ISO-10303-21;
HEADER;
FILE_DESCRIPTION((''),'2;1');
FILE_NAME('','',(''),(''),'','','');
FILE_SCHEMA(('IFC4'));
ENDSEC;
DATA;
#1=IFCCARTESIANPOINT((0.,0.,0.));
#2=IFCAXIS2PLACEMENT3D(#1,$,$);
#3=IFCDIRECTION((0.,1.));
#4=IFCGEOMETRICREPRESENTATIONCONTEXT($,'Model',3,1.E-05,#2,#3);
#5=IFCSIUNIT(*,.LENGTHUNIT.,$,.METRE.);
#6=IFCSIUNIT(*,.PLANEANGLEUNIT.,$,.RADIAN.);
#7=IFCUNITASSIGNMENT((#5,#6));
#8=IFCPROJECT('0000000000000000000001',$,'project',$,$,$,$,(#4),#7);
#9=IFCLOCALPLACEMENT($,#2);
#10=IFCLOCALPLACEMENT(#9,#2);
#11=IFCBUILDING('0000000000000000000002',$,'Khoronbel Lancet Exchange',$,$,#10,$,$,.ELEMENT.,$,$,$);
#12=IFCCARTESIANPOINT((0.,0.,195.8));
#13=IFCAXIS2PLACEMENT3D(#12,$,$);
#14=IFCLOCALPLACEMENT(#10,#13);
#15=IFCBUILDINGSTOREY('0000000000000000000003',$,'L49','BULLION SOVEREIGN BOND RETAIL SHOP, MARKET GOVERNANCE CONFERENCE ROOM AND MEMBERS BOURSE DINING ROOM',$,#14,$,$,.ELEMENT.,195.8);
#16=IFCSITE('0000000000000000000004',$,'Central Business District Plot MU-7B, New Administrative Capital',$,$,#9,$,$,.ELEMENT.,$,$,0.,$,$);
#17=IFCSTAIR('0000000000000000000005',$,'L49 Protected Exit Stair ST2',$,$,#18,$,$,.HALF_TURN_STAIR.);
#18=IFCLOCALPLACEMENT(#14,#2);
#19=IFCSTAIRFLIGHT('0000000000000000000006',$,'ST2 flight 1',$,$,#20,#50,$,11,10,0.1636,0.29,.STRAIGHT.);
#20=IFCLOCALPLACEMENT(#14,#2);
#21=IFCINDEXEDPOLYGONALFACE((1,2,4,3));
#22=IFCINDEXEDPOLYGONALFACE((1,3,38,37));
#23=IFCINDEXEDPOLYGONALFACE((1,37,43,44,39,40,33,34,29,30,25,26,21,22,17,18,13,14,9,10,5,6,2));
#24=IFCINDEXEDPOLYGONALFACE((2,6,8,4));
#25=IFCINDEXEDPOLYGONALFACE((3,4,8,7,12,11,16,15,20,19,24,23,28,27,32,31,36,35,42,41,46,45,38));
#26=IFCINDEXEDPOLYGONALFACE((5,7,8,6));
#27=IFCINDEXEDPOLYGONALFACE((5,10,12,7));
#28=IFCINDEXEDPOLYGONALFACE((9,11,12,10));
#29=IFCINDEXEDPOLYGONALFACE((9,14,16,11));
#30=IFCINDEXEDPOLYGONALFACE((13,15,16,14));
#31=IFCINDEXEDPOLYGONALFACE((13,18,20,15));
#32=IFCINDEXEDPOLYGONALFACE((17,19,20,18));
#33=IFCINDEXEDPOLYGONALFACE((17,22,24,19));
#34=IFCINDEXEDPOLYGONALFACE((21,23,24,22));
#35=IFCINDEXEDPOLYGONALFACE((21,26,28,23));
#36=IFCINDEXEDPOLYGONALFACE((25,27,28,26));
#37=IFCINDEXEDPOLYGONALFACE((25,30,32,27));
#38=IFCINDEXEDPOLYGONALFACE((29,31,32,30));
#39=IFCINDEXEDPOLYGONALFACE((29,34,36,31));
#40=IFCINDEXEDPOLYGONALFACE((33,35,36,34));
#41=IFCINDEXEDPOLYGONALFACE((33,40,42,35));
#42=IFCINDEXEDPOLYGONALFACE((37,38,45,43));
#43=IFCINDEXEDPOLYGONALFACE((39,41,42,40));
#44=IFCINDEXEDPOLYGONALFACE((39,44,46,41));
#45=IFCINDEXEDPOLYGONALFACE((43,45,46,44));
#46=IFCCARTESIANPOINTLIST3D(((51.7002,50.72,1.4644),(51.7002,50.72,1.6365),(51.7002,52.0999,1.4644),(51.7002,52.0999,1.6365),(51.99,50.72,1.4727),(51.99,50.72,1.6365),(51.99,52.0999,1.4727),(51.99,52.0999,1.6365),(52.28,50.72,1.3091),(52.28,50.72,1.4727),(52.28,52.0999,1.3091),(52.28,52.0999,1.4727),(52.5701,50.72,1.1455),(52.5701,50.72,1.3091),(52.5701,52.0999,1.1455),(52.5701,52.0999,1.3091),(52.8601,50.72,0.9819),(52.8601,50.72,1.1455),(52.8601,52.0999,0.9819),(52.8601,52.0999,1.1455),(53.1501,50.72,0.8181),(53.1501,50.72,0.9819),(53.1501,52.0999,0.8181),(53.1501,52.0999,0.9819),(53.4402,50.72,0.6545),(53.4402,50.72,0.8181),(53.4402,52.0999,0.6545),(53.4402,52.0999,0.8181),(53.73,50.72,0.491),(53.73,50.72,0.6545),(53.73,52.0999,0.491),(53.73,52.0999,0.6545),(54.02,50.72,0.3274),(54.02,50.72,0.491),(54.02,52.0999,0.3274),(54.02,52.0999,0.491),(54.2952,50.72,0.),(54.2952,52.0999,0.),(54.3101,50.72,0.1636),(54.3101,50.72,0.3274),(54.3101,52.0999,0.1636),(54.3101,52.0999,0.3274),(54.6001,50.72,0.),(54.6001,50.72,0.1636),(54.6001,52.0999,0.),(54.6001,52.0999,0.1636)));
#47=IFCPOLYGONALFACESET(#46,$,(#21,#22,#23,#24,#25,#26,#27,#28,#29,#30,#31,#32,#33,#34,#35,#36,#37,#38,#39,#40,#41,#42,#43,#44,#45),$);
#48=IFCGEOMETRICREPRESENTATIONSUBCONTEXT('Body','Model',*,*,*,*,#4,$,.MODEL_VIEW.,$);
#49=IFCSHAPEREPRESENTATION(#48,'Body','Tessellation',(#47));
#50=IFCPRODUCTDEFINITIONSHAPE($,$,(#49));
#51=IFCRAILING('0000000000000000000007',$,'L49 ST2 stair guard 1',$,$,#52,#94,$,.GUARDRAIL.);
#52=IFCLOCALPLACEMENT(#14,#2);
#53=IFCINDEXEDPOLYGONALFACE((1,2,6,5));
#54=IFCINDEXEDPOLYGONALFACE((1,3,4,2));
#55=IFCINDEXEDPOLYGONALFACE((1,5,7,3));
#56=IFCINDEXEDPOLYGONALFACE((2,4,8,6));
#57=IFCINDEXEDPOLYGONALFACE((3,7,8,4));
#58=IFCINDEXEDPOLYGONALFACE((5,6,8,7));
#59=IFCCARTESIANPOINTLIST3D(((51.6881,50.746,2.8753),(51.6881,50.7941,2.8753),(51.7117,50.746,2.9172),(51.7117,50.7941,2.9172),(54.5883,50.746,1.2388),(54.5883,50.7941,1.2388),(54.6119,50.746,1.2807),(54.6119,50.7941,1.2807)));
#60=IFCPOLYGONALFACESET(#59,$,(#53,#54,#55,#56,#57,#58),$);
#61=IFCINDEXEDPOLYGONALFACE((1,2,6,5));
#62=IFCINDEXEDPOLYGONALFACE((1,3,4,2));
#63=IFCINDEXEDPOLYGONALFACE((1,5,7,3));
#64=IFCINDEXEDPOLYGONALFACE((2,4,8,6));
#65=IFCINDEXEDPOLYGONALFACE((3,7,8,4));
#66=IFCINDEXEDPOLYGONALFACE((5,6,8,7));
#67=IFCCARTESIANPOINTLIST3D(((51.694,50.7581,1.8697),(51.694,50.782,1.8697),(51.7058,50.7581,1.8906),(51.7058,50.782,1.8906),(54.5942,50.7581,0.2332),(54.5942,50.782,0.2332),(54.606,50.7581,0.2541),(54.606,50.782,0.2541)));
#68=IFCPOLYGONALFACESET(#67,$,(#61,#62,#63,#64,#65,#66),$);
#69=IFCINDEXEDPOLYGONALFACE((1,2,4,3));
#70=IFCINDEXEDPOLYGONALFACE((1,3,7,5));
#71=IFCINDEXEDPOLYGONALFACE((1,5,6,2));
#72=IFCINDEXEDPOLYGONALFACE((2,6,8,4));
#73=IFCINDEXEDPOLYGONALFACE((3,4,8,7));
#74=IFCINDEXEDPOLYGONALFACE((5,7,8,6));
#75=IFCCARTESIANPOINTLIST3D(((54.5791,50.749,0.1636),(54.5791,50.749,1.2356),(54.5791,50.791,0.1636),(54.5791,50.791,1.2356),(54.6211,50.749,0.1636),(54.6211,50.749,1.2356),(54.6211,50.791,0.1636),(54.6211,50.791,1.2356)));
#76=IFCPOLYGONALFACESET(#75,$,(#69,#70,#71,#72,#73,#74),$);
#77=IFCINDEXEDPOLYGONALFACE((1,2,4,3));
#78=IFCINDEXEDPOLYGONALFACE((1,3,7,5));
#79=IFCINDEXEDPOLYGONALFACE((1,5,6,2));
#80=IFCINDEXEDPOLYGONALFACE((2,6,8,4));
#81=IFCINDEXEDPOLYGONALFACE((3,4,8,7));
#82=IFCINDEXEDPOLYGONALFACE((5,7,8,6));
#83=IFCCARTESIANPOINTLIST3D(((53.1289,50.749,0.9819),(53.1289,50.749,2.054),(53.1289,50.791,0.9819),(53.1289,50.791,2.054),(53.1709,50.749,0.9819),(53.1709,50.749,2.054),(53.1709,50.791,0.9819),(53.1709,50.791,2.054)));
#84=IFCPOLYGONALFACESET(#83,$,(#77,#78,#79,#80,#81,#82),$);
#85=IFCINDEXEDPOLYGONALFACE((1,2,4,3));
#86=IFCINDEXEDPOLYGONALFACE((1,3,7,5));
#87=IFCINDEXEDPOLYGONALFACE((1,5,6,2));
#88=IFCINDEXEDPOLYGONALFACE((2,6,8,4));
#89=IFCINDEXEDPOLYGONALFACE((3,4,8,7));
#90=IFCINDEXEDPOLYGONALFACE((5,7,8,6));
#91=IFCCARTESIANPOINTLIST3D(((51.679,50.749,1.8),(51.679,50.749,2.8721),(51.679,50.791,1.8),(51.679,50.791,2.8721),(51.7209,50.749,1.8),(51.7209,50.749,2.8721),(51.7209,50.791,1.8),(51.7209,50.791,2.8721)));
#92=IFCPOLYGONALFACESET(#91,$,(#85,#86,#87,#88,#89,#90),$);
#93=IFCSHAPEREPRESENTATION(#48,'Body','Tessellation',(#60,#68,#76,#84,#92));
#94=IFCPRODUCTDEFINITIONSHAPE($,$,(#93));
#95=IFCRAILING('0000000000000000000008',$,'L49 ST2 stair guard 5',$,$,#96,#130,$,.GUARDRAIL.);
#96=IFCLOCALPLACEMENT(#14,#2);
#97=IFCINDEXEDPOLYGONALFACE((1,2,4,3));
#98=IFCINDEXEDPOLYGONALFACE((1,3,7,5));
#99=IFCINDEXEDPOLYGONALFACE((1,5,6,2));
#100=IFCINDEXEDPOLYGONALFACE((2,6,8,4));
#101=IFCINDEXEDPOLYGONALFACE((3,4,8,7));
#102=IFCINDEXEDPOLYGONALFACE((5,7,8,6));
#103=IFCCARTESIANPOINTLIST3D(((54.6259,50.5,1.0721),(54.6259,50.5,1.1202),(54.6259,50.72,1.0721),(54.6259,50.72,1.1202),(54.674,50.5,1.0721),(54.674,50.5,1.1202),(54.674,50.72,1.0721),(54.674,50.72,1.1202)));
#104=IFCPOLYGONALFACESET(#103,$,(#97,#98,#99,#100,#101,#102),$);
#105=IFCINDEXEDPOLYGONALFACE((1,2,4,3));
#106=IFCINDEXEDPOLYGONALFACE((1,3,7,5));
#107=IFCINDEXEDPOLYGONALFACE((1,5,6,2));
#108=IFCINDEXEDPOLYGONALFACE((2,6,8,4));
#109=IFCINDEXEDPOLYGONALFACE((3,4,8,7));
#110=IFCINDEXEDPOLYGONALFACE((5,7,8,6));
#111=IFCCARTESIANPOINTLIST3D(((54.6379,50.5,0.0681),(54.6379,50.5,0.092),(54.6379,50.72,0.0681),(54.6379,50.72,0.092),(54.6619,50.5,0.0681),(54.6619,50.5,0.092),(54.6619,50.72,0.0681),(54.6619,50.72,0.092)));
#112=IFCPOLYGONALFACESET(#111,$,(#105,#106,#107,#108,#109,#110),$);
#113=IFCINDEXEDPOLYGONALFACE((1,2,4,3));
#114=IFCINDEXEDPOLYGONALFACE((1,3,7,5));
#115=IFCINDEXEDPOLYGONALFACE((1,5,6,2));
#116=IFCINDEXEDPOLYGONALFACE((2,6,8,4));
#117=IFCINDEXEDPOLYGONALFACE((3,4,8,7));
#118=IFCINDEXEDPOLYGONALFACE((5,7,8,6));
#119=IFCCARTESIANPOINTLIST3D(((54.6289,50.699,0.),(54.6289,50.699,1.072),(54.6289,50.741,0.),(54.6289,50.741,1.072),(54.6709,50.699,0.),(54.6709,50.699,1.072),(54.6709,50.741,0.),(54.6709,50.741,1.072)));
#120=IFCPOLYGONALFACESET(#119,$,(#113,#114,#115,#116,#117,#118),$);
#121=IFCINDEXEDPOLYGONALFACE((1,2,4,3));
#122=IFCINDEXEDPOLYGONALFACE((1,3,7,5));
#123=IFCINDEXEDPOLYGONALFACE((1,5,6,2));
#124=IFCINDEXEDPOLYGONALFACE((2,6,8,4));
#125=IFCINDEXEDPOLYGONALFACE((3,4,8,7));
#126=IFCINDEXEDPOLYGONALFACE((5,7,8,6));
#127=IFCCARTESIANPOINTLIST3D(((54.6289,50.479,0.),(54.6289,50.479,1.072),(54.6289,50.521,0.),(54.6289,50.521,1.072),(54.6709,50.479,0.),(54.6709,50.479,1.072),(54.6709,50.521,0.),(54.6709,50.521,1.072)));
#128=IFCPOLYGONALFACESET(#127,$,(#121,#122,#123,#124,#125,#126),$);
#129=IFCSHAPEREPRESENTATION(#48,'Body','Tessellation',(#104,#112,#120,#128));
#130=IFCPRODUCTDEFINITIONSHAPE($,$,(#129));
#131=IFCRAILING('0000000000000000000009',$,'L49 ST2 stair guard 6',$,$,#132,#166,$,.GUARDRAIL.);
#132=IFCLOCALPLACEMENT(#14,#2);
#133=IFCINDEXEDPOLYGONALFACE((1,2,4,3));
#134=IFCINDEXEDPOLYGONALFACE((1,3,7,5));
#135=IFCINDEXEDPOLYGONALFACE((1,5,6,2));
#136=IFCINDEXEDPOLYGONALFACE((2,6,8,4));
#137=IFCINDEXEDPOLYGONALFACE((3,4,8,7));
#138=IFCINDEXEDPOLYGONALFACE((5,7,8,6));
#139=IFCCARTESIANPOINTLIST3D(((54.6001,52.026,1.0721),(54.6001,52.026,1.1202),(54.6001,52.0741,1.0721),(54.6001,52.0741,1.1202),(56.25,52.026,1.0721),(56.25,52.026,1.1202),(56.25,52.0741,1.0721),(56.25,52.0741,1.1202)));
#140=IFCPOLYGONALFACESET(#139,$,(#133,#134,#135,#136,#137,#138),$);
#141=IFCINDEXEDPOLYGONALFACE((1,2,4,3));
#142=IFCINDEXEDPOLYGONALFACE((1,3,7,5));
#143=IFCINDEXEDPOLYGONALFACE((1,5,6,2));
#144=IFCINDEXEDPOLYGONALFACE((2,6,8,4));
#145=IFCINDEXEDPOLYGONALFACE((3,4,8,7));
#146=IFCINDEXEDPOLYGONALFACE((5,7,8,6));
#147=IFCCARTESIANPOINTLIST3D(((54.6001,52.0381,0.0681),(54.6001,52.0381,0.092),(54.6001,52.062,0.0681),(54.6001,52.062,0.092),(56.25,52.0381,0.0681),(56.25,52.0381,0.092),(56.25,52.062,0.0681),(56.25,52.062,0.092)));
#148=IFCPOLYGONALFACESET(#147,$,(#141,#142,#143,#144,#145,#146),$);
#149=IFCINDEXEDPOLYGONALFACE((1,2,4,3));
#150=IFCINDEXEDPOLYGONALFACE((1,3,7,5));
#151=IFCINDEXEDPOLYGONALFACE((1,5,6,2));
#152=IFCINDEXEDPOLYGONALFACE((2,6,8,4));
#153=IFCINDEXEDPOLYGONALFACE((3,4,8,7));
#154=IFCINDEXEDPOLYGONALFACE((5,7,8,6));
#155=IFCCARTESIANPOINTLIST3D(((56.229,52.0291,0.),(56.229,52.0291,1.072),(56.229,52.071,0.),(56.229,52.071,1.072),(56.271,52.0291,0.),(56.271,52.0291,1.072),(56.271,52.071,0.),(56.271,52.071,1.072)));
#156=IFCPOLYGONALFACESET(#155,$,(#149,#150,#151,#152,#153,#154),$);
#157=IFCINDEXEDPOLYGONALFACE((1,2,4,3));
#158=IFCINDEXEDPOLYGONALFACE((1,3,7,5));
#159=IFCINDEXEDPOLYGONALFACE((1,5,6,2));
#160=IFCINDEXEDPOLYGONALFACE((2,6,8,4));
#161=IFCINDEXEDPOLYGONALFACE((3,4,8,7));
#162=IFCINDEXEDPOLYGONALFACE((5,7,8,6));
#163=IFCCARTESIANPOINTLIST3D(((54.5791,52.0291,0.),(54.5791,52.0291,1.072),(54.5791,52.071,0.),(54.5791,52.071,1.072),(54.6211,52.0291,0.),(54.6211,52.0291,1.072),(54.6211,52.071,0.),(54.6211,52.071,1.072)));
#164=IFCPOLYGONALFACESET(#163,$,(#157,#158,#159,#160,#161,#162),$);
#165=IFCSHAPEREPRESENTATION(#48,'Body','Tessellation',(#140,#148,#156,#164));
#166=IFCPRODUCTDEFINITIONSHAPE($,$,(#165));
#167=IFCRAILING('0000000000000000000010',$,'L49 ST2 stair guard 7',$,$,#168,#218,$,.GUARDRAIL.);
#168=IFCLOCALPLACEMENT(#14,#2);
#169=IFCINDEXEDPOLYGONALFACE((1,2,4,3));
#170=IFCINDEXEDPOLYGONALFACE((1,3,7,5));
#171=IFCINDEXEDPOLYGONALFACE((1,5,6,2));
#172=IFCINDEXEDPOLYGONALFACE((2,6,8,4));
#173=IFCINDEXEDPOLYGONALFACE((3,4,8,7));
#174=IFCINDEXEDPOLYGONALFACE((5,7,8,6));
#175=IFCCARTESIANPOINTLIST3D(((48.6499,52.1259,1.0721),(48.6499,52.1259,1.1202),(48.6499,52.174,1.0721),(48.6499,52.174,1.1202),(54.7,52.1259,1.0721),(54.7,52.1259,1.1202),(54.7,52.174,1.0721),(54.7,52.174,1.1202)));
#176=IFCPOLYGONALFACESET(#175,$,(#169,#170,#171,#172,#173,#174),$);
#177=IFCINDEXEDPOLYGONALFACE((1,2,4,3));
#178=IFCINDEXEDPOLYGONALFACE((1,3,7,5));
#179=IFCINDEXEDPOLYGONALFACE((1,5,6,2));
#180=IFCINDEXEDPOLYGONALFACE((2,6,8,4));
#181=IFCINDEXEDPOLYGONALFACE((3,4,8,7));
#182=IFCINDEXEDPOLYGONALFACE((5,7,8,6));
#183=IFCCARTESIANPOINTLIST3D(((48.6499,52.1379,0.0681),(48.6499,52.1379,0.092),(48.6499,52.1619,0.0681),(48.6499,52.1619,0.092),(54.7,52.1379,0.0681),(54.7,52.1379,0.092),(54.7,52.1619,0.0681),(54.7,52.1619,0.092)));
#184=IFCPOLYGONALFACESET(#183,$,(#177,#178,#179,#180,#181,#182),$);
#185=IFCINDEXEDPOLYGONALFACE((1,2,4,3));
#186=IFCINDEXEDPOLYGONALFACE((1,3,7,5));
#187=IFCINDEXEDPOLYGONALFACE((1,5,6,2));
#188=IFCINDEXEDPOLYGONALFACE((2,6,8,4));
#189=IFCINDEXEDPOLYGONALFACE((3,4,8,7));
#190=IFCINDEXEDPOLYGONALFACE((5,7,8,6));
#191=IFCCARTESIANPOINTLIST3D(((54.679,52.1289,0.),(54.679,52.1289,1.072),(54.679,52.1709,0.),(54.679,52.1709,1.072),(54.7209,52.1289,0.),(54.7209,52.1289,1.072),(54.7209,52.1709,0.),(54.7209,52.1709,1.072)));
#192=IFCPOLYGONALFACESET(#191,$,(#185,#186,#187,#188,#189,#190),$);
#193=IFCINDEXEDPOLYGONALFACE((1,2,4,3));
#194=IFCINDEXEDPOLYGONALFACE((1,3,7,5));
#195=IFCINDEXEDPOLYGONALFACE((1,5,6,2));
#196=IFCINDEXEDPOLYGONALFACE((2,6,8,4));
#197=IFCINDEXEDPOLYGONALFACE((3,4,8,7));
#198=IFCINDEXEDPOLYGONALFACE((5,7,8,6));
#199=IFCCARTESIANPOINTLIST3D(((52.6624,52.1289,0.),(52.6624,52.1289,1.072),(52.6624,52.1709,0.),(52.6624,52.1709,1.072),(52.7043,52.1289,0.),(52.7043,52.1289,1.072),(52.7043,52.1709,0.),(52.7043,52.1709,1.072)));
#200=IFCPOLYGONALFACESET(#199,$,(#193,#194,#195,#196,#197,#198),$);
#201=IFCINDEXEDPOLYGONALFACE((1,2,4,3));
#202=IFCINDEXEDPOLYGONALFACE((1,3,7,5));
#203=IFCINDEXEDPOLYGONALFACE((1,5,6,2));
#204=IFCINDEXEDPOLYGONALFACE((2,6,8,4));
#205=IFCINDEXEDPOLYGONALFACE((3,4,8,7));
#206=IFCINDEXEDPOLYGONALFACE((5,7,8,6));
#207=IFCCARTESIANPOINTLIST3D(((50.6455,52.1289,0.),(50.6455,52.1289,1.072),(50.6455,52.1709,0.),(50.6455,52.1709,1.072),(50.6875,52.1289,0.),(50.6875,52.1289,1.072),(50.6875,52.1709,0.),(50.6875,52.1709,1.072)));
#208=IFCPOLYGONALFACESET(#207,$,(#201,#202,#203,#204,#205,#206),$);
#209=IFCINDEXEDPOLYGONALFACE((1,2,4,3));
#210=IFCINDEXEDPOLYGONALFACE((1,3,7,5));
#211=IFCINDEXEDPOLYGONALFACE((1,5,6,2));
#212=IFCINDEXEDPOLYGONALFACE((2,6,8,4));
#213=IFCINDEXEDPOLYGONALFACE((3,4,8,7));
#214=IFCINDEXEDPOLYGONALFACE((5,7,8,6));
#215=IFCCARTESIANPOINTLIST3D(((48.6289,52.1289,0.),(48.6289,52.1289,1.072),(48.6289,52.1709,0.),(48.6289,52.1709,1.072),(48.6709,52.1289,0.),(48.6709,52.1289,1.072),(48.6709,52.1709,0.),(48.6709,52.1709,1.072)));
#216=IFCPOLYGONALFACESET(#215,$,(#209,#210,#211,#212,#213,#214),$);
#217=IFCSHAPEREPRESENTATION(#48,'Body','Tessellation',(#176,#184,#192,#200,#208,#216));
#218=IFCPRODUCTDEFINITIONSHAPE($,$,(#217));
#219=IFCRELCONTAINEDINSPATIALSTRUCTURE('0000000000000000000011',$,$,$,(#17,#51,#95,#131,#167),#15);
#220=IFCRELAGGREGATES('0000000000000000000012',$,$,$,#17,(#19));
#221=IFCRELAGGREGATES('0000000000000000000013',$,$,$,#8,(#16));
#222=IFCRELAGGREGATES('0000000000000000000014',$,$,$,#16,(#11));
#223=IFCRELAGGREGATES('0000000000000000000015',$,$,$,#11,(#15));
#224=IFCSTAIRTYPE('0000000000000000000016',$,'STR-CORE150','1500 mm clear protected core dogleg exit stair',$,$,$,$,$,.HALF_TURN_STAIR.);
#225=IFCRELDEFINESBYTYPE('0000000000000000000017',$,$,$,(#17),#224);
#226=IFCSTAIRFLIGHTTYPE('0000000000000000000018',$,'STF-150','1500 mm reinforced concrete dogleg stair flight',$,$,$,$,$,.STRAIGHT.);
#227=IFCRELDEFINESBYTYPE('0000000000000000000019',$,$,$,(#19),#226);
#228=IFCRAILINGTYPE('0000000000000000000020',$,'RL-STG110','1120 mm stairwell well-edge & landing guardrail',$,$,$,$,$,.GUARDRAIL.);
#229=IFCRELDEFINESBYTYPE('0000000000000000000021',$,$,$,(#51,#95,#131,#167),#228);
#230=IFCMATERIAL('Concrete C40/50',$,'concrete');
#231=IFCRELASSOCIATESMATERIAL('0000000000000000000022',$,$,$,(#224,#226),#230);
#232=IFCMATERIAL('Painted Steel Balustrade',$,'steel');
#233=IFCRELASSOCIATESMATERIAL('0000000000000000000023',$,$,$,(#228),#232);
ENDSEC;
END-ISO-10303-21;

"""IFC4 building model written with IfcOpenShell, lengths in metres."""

from ifc_helpers import new_model, si_unit, direction, frame, origin, origin_2d, place, context, subcontext, project, spatial, polyline, rectangle, outline, extrude, material, type_object, element, aggregate, save


model = new_model("IFC4")

# Units and contexts
model_context = context("Model", 3, precision=1e-05, world=origin(), true_north=direction((0.0, 1.0)))
body_context = subcontext(model_context, "Body", "Model", "MODEL_VIEW")
ifc_project = project(units=[si_unit("LENGTHUNIT", "METRE"), si_unit("PLANEANGLEUNIT", "RADIAN")], contexts=[model_context])

# Site, building, storey
site_placement = place(None, origin())
site = spatial("IfcSite", under=ifc_project, at=site_placement, Name="Central Business District Plot MU-7B, New Administrative Capital", CompositionType="ELEMENT", RefElevation=0.0)
building_placement = place(site_placement, origin())
building = spatial("IfcBuilding", under=site, at=building_placement, Name="Khoronbel Lancet Exchange", CompositionType="ELEMENT")
storey_placement = place(building_placement, frame((0.0, 0.0, 195.8)))
storey = spatial("IfcBuildingStorey", under=building, at=storey_placement, Name="L49", Description="BULLION SOVEREIGN BOND RETAIL SHOP, MARKET GOVERNANCE CONFERENCE ROOM AND MEMBERS BOURSE DINING ROOM", CompositionType="ELEMENT", Elevation=195.8)

# Stair, stair flight
ifc_material_1 = material(Name="Concrete C40/50", Category="concrete")
stair_type = type_object("IfcStairType", Name="STR-CORE150", Description="1500 mm clear protected core dogleg exit stair", PredefinedType="HALF_TURN_STAIR", material=ifc_material_1)
stair_placement = place(storey_placement, origin())
stair = element("IfcStair", 1, at=stair_placement, inside=storey, type_object=stair_type, Name="L49 Protected Exit Stair ST2", PredefinedType="HALF_TURN_STAIR")
stair_flight_type = type_object("IfcStairFlightType", Name="STF-150", Description="1500 mm reinforced concrete dogleg stair flight", PredefinedType="STRAIGHT", material=ifc_material_1)
stair_flight_placement = place(storey_placement, frame((54.6001, 51.4099, 0.0), z_axis=(0.0, 0.0, 1.0), x_axis=(-1.0, 0.0, 0.0)))
stair_flight = element("IfcStairFlight", 2, at=stair_flight_placement, type_object=stair_flight_type, Name="ST2 flight 1", NumberOfRisers=11, NumberOfTreads=10, PredefinedType="STRAIGHT", RiserHeight=0.1636, TreadLength=0.29, context=body_context, shape_type="SweptSolid", body=[
    extrude(outline(polyline([(0.0, 0.0), (0.0, 0.1636), (0.29, 0.1636), (0.29, 0.3274), (0.5801, 0.3274), (0.5801, 0.491), (0.8701, 0.491), (0.8701, 0.6545), (1.1599, 0.6545), (1.1599, 0.8181), (1.45, 0.8181), (1.45, 0.9819), (1.74, 0.9819), (1.74, 1.1455), (2.03, 1.1455), (2.03, 1.3091), (2.3201, 1.3091), (2.3201, 1.4727), (2.6101, 1.4727), (2.6101, 1.6365), (2.8999, 1.6365), (2.8999, 1.8), (2.8999, 1.4644), (0.3049, 0.0), (0.0, 0.0)])), frame((0.0, 0.6899, 0.0), z_axis=(0.0, -1.0, 0.0), x_axis=(1.0, 0.0, 0.0)), (0.0, 0.0, 1.0), 1.3799),
])
aggregate(stair, [stair_flight])

# Railings
ifc_material_2 = material(Name="Painted Steel Balustrade", Category="steel")
railing_type_1 = type_object("IfcRailingType", Name="RL-STG110", Description="1120 mm stairwell well-edge & landing guardrail", PredefinedType="GUARDRAIL", material=ifc_material_2)
railing_1_placement = place(storey_placement, frame((54.6001, 50.77, 0.1636)))
element("IfcRailing", 3, at=railing_1_placement, inside=storey, type_object=railing_type_1, Name="L49 ST2 stair guard 1", PredefinedType="GUARDRAIL", context=body_context, shape_type="SweptSolid", body=[
    extrude(rectangle(XDim=0.0481, YDim=0.0481, at=origin_2d()), frame((0.0, 0.0, 1.0962), z_axis=(-0.870915, 0.0, 0.491434), x_axis=(0.0, -1.0, 0.0)), (0.0, 0.0, 1.0), 3.3301),
    extrude(rectangle(XDim=0.0239, YDim=0.0239, at=origin_2d()), frame((0.0, 0.0, 0.0801), z_axis=(-0.870915, 0.0, 0.491434), x_axis=(0.0, -1.0, 0.0)), (0.0, 0.0, 1.0), 3.3301),
    extrude(rectangle(XDim=0.042, YDim=0.042, at=origin_2d()), origin(), (0.0, 0.0, 1.0), 1.072),
    extrude(rectangle(XDim=0.042, YDim=0.042, at=origin_2d()), frame((-1.4502, 0.0, 0.8184)), (0.0, 0.0, 1.0), 1.072),
    extrude(rectangle(XDim=0.042, YDim=0.042, at=origin_2d()), frame((-2.9001, 0.0, 1.6365)), (0.0, 0.0, 1.0), 1.072),
])
railing_2_placement = place(storey_placement, frame((54.6499, 50.72, 0.0)))
element("IfcRailing", 4, at=railing_2_placement, inside=storey, type_object=railing_type_1, Name="L49 ST2 stair guard 5", PredefinedType="GUARDRAIL", context=body_context, shape_type="SweptSolid", body=[
    extrude(rectangle(XDim=0.0481, YDim=0.0481, at=origin_2d()), frame((0.0, 0.0, 1.0962), z_axis=(0.0, -1.0, 0.0), x_axis=(1.0, 0.0, 0.0)), (0.0, 0.0, 1.0), 0.22),
    extrude(rectangle(XDim=0.0239, YDim=0.0239, at=origin_2d()), frame((0.0, 0.0, 0.0801), z_axis=(0.0, -1.0, 0.0), x_axis=(1.0, 0.0, 0.0)), (0.0, 0.0, 1.0), 0.22),
    extrude(rectangle(XDim=0.042, YDim=0.042, at=origin_2d()), origin(), (0.0, 0.0, 1.0), 1.072),
    extrude(rectangle(XDim=0.042, YDim=0.042, at=origin_2d()), frame((0.0, -0.22, 0.0)), (0.0, 0.0, 1.0), 1.072),
])
railing_3_placement = place(storey_placement, frame((56.25, 52.05, 0.0)))
element("IfcRailing", 5, at=railing_3_placement, inside=storey, type_object=railing_type_1, Name="L49 ST2 stair guard 6", PredefinedType="GUARDRAIL", context=body_context, shape_type="SweptSolid", body=[
    extrude(rectangle(XDim=0.0481, YDim=0.0481, at=origin_2d()), frame((0.0, 0.0, 1.0962), z_axis=(-1.0, 0.0, 0.0), x_axis=(0.0, -1.0, 0.0)), (0.0, 0.0, 1.0), 1.6499),
    extrude(rectangle(XDim=0.0239, YDim=0.0239, at=origin_2d()), frame((0.0, 0.0, 0.0801), z_axis=(-1.0, 0.0, 0.0), x_axis=(0.0, -1.0, 0.0)), (0.0, 0.0, 1.0), 1.6499),
    extrude(rectangle(XDim=0.042, YDim=0.042, at=origin_2d()), origin(), (0.0, 0.0, 1.0), 1.072),
    extrude(rectangle(XDim=0.042, YDim=0.042, at=origin_2d()), frame((-1.6499, 0.0, 0.0)), (0.0, 0.0, 1.0), 1.072),
])
railing_4_placement = place(storey_placement, frame((54.7, 52.1499, 0.0)))
element("IfcRailing", 6, at=railing_4_placement, inside=storey, type_object=railing_type_1, Name="L49 ST2 stair guard 7", PredefinedType="GUARDRAIL", context=body_context, shape_type="SweptSolid", body=[
    extrude(rectangle(XDim=0.0481, YDim=0.0481, at=origin_2d()), frame((0.0, 0.0, 1.0962), z_axis=(-1.0, 0.0, 0.0), x_axis=(0.0, -1.0, 0.0)), (0.0, 0.0, 1.0), 6.05),
    extrude(rectangle(XDim=0.0239, YDim=0.0239, at=origin_2d()), frame((0.0, 0.0, 0.0801), z_axis=(-1.0, 0.0, 0.0), x_axis=(0.0, -1.0, 0.0)), (0.0, 0.0, 1.0), 6.05),
    extrude(rectangle(XDim=0.042, YDim=0.042, at=origin_2d()), origin(), (0.0, 0.0, 1.0), 1.072),
    extrude(rectangle(XDim=0.042, YDim=0.042, at=origin_2d()), frame((-2.0166, 0.0, 0.0)), (0.0, 0.0, 1.0), 1.072),
    extrude(rectangle(XDim=0.042, YDim=0.042, at=origin_2d()), frame((-4.0334, 0.0, 0.0)), (0.0, 0.0, 1.0), 1.072),
    extrude(rectangle(XDim=0.042, YDim=0.042, at=origin_2d()), frame((-6.05, 0.0, 0.0)), (0.0, 0.0, 1.0), 1.072),
])

save(model, "model.ifc")
